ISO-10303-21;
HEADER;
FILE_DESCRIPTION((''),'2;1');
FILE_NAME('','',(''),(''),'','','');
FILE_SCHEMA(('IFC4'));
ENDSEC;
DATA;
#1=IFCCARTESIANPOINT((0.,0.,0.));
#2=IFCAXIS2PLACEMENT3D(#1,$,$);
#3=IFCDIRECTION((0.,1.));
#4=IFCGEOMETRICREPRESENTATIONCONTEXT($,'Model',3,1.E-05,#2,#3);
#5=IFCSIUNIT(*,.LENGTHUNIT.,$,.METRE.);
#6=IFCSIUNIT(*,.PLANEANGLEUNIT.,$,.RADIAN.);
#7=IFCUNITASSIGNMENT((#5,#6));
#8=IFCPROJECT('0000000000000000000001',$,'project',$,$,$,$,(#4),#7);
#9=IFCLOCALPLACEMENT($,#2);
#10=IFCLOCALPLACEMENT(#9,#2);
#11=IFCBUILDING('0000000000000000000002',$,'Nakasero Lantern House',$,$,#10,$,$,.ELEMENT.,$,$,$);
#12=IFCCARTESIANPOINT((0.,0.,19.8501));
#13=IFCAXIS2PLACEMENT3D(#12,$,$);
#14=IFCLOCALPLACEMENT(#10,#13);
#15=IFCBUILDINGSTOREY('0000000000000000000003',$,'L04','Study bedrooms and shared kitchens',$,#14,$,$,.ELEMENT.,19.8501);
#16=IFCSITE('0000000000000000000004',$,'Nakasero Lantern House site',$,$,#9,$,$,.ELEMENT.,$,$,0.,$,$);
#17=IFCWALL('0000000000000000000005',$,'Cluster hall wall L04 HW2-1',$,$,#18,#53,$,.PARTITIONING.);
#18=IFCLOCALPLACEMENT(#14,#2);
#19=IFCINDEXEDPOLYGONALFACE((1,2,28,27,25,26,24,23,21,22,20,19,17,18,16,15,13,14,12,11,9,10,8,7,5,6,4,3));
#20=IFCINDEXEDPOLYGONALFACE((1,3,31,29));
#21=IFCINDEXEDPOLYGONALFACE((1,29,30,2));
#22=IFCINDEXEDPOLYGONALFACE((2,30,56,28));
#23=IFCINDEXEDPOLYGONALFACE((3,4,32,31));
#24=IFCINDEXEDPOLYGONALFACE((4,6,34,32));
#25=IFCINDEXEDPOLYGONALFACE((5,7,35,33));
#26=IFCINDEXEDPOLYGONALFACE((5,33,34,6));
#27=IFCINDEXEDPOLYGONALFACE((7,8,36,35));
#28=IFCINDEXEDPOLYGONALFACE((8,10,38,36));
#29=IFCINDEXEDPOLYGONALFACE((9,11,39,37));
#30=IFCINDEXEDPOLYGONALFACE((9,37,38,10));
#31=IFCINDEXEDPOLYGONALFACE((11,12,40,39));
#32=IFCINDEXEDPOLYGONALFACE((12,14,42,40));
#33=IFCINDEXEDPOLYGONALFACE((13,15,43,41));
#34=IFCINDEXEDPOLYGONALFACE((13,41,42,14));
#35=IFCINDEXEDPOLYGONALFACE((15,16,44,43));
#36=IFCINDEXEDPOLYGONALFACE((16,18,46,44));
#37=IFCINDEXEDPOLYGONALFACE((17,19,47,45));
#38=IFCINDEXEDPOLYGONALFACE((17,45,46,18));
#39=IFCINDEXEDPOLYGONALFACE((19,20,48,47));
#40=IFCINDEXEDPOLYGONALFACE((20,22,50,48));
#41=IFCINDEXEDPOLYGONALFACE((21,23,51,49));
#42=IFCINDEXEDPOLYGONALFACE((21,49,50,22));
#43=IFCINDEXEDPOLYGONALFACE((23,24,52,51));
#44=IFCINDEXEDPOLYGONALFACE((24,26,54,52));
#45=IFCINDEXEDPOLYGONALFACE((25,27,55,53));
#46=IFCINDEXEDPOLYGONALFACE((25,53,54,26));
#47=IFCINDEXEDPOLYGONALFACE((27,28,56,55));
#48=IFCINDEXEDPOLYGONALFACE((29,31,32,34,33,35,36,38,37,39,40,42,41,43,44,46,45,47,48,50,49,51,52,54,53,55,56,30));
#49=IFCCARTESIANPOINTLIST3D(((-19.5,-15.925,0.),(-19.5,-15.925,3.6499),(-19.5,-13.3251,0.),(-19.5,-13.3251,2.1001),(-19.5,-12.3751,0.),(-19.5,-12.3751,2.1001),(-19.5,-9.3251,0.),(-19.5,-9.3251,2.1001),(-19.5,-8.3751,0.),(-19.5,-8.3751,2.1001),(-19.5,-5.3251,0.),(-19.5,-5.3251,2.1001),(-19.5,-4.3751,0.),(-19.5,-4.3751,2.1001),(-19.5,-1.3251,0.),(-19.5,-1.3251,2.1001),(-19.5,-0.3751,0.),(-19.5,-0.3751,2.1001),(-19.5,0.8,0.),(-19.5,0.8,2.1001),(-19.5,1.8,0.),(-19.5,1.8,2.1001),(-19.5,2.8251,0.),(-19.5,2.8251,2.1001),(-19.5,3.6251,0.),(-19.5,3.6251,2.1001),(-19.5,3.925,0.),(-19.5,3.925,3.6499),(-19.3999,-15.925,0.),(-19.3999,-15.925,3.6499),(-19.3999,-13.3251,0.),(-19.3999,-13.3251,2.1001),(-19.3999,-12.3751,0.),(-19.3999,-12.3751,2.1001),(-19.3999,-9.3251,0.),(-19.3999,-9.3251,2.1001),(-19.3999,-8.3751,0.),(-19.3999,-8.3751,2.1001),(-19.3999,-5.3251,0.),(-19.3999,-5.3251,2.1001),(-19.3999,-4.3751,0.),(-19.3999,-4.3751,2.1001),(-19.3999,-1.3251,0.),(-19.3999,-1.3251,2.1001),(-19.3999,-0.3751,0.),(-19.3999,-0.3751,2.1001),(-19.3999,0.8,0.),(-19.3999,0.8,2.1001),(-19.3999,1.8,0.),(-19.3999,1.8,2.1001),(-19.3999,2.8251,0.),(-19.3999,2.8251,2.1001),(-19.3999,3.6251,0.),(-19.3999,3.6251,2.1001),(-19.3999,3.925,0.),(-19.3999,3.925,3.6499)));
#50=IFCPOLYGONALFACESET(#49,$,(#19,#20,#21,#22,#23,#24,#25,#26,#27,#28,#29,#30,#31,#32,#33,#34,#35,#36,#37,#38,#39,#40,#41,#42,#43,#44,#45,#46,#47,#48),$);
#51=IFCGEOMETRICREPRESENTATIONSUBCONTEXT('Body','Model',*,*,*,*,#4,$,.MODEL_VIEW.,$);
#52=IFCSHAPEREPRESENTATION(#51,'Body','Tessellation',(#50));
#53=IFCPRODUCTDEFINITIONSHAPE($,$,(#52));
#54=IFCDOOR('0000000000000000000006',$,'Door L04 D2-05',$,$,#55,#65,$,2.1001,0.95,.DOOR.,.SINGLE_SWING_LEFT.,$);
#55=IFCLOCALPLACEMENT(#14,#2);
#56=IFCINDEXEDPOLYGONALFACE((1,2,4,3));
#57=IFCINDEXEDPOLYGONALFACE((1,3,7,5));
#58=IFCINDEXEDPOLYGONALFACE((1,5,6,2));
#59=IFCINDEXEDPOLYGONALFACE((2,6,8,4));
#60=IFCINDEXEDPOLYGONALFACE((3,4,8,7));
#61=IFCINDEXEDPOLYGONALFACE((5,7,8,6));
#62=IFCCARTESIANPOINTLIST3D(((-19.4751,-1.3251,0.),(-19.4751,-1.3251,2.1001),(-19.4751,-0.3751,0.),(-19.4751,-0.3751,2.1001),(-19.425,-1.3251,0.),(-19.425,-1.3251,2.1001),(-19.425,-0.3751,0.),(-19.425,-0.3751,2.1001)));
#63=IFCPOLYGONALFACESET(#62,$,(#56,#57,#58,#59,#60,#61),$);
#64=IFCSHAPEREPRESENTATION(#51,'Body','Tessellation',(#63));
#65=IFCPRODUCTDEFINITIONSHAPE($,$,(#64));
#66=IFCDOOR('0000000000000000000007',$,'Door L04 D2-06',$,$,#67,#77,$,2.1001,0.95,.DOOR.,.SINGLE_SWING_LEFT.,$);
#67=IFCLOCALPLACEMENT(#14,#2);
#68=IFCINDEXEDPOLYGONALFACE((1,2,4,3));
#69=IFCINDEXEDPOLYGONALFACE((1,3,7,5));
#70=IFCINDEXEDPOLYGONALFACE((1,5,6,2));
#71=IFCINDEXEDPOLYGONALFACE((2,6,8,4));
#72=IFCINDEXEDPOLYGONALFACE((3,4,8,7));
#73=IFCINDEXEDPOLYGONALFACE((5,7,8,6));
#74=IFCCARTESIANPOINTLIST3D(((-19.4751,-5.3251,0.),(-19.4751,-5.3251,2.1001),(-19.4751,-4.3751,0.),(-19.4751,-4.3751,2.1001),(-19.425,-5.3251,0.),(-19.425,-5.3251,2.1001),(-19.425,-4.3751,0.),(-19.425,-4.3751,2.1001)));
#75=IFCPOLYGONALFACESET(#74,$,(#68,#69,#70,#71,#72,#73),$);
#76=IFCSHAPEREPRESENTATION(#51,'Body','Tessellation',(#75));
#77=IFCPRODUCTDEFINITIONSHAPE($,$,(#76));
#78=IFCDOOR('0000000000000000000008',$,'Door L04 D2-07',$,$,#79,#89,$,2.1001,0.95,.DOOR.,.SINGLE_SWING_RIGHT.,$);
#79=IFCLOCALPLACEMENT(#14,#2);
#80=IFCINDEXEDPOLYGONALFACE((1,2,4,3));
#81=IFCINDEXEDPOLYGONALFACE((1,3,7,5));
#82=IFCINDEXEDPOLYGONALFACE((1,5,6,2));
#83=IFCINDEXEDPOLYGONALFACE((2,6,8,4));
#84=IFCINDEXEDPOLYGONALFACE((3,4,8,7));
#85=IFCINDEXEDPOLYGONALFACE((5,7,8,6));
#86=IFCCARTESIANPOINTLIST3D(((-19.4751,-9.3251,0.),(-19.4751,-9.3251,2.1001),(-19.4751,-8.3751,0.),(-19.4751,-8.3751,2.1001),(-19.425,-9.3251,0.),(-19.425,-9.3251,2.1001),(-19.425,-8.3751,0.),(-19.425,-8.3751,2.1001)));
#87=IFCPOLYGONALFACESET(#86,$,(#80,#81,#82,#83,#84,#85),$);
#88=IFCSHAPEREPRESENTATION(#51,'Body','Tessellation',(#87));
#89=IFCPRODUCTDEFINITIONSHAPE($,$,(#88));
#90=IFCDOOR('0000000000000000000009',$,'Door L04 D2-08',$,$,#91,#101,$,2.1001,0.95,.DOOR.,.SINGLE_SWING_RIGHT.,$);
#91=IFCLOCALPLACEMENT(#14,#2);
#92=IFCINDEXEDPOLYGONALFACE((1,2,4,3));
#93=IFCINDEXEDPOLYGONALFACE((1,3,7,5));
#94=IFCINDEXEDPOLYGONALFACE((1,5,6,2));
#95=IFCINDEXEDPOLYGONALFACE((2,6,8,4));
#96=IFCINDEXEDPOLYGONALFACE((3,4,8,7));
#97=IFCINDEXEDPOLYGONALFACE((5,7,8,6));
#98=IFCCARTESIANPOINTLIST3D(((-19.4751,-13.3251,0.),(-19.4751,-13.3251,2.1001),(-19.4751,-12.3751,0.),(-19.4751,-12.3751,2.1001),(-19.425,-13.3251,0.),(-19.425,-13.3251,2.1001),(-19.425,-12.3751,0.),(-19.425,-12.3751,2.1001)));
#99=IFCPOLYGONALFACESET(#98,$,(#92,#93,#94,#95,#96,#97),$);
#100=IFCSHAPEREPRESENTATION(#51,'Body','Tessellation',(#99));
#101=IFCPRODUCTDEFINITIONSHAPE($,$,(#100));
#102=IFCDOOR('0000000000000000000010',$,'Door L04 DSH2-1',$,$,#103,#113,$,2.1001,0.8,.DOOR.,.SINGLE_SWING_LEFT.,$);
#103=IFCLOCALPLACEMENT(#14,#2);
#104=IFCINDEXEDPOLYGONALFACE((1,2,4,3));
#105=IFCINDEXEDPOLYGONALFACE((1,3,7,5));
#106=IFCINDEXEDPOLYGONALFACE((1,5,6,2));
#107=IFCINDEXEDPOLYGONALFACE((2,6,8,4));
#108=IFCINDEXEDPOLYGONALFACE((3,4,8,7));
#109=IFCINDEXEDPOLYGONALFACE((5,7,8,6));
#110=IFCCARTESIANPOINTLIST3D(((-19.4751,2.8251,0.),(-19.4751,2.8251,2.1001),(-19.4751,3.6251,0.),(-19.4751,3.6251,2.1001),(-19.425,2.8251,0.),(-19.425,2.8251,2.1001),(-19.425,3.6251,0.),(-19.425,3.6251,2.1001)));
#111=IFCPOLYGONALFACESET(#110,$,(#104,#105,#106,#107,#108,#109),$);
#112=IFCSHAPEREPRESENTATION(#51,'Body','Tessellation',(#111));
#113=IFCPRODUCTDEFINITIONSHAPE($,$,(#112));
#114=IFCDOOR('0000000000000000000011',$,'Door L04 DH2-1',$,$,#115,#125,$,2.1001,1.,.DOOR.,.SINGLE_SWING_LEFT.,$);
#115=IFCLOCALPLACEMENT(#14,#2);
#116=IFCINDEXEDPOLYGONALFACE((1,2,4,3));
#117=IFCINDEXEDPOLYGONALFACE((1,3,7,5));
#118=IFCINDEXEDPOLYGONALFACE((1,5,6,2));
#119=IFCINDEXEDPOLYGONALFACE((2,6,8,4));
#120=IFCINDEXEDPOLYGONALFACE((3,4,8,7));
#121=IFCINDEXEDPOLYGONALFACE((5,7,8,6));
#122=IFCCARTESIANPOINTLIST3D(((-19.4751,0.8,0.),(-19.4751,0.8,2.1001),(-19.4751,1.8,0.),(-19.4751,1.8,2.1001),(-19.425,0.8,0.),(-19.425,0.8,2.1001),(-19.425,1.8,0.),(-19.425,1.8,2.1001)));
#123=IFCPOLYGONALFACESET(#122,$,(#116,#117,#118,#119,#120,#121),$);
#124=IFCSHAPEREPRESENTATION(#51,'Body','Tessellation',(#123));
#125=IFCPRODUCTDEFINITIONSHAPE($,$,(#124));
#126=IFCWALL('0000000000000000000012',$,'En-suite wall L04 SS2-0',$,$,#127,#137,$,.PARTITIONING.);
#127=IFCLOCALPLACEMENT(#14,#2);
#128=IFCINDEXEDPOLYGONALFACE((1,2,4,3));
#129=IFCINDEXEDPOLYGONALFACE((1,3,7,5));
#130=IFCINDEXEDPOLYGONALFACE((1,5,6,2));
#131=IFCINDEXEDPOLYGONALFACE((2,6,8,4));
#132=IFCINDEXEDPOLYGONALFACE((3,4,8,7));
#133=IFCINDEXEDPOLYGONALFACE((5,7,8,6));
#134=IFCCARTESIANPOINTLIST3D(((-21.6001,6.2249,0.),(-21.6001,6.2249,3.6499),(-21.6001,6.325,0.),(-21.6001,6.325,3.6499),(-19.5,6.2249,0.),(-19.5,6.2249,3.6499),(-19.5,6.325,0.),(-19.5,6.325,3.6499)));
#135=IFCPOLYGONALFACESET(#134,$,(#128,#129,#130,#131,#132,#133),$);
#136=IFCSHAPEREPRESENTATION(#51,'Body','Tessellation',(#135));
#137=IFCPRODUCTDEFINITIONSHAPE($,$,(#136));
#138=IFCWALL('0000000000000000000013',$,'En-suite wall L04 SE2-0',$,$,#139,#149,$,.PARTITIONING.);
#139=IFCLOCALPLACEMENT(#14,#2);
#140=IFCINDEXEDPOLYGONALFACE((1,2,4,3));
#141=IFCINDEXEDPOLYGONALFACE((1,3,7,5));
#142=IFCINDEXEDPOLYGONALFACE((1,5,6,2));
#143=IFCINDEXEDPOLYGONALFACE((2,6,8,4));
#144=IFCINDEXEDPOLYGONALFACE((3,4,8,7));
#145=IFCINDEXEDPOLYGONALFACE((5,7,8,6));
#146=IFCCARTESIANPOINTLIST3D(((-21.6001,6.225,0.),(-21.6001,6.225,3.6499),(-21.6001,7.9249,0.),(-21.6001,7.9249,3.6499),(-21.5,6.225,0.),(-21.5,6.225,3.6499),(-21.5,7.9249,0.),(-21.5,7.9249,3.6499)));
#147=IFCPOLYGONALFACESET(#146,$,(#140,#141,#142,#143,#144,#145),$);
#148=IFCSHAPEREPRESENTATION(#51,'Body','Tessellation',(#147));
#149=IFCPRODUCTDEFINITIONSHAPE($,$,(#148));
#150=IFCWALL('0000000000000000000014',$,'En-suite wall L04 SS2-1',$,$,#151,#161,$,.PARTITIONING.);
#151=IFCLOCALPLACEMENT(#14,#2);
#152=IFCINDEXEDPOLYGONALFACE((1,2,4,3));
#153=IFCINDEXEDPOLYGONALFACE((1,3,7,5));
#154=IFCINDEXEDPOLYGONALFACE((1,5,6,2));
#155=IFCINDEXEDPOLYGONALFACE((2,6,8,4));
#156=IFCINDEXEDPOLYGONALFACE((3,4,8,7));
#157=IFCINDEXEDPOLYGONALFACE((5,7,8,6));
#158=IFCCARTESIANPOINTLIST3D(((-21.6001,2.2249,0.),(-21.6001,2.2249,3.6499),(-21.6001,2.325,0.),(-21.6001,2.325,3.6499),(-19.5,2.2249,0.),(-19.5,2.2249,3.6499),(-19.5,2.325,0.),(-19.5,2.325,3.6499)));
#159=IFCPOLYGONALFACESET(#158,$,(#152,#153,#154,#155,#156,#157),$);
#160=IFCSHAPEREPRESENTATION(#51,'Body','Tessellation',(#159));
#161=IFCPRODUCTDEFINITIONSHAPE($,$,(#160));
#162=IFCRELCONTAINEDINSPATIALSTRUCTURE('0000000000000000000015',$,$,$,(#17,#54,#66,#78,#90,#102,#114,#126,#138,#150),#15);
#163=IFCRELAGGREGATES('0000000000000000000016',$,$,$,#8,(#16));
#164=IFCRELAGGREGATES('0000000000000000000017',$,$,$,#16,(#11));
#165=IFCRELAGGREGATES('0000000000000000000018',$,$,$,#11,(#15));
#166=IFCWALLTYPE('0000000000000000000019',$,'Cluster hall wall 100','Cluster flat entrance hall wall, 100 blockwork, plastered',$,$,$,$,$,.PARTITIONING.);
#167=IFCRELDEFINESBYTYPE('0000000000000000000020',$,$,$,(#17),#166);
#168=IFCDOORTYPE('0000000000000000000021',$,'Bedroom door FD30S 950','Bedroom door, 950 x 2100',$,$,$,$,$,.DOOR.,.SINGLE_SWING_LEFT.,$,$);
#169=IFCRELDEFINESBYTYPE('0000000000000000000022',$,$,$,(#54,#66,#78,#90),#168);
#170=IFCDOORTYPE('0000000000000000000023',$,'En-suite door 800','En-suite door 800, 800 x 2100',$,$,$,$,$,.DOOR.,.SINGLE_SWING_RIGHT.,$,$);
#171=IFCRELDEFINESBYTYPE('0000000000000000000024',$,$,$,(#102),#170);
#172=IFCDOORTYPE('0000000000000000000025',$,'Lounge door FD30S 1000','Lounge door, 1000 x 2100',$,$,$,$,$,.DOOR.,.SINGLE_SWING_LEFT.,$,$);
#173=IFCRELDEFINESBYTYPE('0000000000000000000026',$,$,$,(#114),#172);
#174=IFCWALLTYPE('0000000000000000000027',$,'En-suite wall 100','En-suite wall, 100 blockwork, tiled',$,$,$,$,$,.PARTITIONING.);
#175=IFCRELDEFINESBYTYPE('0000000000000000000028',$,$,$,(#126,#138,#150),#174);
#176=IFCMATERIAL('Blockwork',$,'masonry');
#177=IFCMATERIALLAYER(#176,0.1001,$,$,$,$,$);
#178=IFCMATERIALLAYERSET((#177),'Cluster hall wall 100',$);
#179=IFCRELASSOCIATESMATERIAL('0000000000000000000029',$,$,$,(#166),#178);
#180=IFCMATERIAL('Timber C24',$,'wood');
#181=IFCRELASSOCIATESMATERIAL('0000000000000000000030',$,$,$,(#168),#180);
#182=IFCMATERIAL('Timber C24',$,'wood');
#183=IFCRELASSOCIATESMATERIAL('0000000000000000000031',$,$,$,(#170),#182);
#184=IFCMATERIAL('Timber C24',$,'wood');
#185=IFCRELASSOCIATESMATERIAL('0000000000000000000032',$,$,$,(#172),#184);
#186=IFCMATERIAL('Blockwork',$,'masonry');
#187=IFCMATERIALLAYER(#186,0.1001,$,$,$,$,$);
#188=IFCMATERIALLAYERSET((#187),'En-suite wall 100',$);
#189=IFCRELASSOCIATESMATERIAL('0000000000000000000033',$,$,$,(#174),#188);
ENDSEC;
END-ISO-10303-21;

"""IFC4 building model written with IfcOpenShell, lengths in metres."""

from ifc_helpers import new_model, si_unit, direction, frame, frame_2d, origin, place, context, subcontext, project, spatial, rectangle, extrude, material, layer, layer_set, type_object, element, fill, save


model = new_model("IFC4")

# Units and contexts
model_context = context("Model", 3, precision=1e-05, world=origin(), true_north=direction((0.0, 1.0)))
body_context = subcontext(model_context, "Body", "Model", "MODEL_VIEW")
ifc_project = project(units=[si_unit("LENGTHUNIT", "METRE"), si_unit("PLANEANGLEUNIT", "RADIAN")], contexts=[model_context])

# Site, building, storey
site_placement = place(None, origin())
site = spatial("IfcSite", under=ifc_project, at=site_placement, Name="Nakasero Lantern House site", CompositionType="ELEMENT", RefElevation=0.0)
building_placement = place(site_placement, origin())
building = spatial("IfcBuilding", under=site, at=building_placement, Name="Nakasero Lantern House", CompositionType="ELEMENT")
storey_placement = place(building_placement, frame((0.0, 0.0, 19.8501)))
storey = spatial("IfcBuildingStorey", under=building, at=storey_placement, Name="L04", Description="Study bedrooms and shared kitchens", CompositionType="ELEMENT", Elevation=19.8501)

# Wall, openings, doors
ifc_material_1 = material(Name="Blockwork", Category="masonry")
ifc_layer_1 = layer(ifc_material_1, 0.1001)
ifc_layer_set_1 = layer_set([ifc_layer_1], Name="Cluster hall wall 100")
wall_type_1 = type_object("IfcWallType", Name="Cluster hall wall 100", Description="Cluster flat entrance hall wall, 100 blockwork, plastered", PredefinedType="PARTITIONING", material=ifc_layer_set_1)
wall_1_placement = place(storey_placement, frame((-19.45, 3.925, 0.0), z_axis=(0.0, 0.0, 1.0), x_axis=(0.0, -1.0, 0.0)))
wall_1 = element("IfcWall", 1, at=wall_1_placement, inside=storey, type_object=wall_type_1, Name="Cluster hall wall L04 HW2-1", PredefinedType="PARTITIONING", context=body_context, shape_type="SweptSolid", body=[
    extrude(rectangle(XDim=19.8501, YDim=0.1001, at=frame_2d((9.925, 0.0))), origin(), (0.0, 0.0, 1.0), 3.6499),
])
opening_1_placement = place(wall_1_placement, frame((2.125, 0.0, 0.0)))
opening_1 = element("IfcOpeningElement", 2, at=opening_1_placement, cuts=wall_1, PredefinedType="OPENING", context=body_context, shape_type="SweptSolid", body=[
    extrude(rectangle(XDim=1.0, YDim=2.1001, at=frame_2d((0.5, 1.05))), frame((0.0, 0.0701, 0.0), z_axis=(0.0, -1.0, 0.0), x_axis=(1.0, 0.0, 0.0)), (0.0, 0.0, 1.0), 0.1401),
])
opening_2_placement = place(wall_1_placement, frame((0.3, 0.0, 0.0)))
opening_2 = element("IfcOpeningElement", 3, at=opening_2_placement, cuts=wall_1, PredefinedType="OPENING", context=body_context, shape_type="SweptSolid", body=[
    extrude(rectangle(XDim=0.8, YDim=2.1001, at=frame_2d((0.3999, 1.05))), frame((0.0, 0.0701, 0.0), z_axis=(0.0, -1.0, 0.0), x_axis=(1.0, 0.0, 0.0)), (0.0, 0.0, 1.0), 0.1401),
])
opening_3_placement = place(wall_1_placement, frame((4.3, 0.0, 0.0)))
opening_3 = element("IfcOpeningElement", 4, at=opening_3_placement, cuts=wall_1, PredefinedType="OPENING", context=body_context, shape_type="SweptSolid", body=[
    extrude(rectangle(XDim=0.95, YDim=2.1001, at=frame_2d((0.4751, 1.05))), frame((0.0, 0.0701, 0.0), z_axis=(0.0, -1.0, 0.0), x_axis=(1.0, 0.0, 0.0)), (0.0, 0.0, 1.0), 0.1401),
])
opening_4_placement = place(wall_1_placement, frame((8.3, 0.0, 0.0)))
opening_4 = element("IfcOpeningElement", 5, at=opening_4_placement, cuts=wall_1, PredefinedType="OPENING", context=body_context, shape_type="SweptSolid", body=[
    extrude(rectangle(XDim=0.95, YDim=2.1001, at=frame_2d((0.4751, 1.05))), frame((0.0, 0.0701, 0.0), z_axis=(0.0, -1.0, 0.0), x_axis=(1.0, 0.0, 0.0)), (0.0, 0.0, 1.0), 0.1401),
])
opening_5_placement = place(wall_1_placement, frame((12.3, 0.0, 0.0)))
opening_5 = element("IfcOpeningElement", 6, at=opening_5_placement, cuts=wall_1, PredefinedType="OPENING", context=body_context, shape_type="SweptSolid", body=[
    extrude(rectangle(XDim=0.95, YDim=2.1001, at=frame_2d((0.4751, 1.05))), frame((0.0, 0.0701, 0.0), z_axis=(0.0, -1.0, 0.0), x_axis=(1.0, 0.0, 0.0)), (0.0, 0.0, 1.0), 0.1401),
])
opening_6_placement = place(wall_1_placement, frame((16.3, 0.0, 0.0)))
opening_6 = element("IfcOpeningElement", 7, at=opening_6_placement, cuts=wall_1, PredefinedType="OPENING", context=body_context, shape_type="SweptSolid", body=[
    extrude(rectangle(XDim=0.95, YDim=2.1001, at=frame_2d((0.4751, 1.05))), frame((0.0, 0.0701, 0.0), z_axis=(0.0, -1.0, 0.0), x_axis=(1.0, 0.0, 0.0)), (0.0, 0.0, 1.0), 0.1401),
])
ifc_material_2 = material(Name="Timber C24", Category="wood")
door_type_1 = type_object("IfcDoorType", Name="Bedroom door FD30S 950", Description="Bedroom door, 950 x 2100", OperationType="SINGLE_SWING_LEFT", PredefinedType="DOOR", material=ifc_material_2)
door_1_placement = place(opening_3_placement, origin())
door_1 = element("IfcDoor", 8, at=door_1_placement, inside=storey, type_object=door_type_1, Name="Door L04 D2-05", OperationType="SINGLE_SWING_LEFT", OverallHeight=2.1001, OverallWidth=0.95, PredefinedType="DOOR", context=body_context, shape_type="SweptSolid", body=[
    extrude(rectangle(XDim=0.95, YDim=2.1001, at=frame_2d((0.4751, 1.05))), frame((0.0, 0.0249, 0.0), z_axis=(0.0, -1.0, 0.0), x_axis=(1.0, 0.0, 0.0)), (0.0, 0.0, 1.0), 0.05),
])
fill(opening_3, door_1)
door_2_placement = place(opening_4_placement, origin())
door_2 = element("IfcDoor", 9, at=door_2_placement, inside=storey, type_object=door_type_1, Name="Door L04 D2-06", OperationType="SINGLE_SWING_LEFT", OverallHeight=2.1001, OverallWidth=0.95, PredefinedType="DOOR", context=body_context, shape_type="SweptSolid", body=[
    extrude(rectangle(XDim=0.95, YDim=2.1001, at=frame_2d((0.4751, 1.05))), frame((0.0, 0.0249, 0.0), z_axis=(0.0, -1.0, 0.0), x_axis=(1.0, 0.0, 0.0)), (0.0, 0.0, 1.0), 0.05),
])
fill(opening_4, door_2)
door_3_placement = place(opening_5_placement, origin())
door_3 = element("IfcDoor", 10, at=door_3_placement, inside=storey, type_object=door_type_1, Name="Door L04 D2-07", OperationType="SINGLE_SWING_RIGHT", OverallHeight=2.1001, OverallWidth=0.95, PredefinedType="DOOR", context=body_context, shape_type="SweptSolid", body=[
    extrude(rectangle(XDim=0.95, YDim=2.1001, at=frame_2d((0.4751, 1.05))), frame((0.0, 0.0249, 0.0), z_axis=(0.0, -1.0, 0.0), x_axis=(1.0, 0.0, 0.0)), (0.0, 0.0, 1.0), 0.05),
])
fill(opening_5, door_3)
door_4_placement = place(opening_6_placement, origin())
door_4 = element("IfcDoor", 11, at=door_4_placement, inside=storey, type_object=door_type_1, Name="Door L04 D2-08", OperationType="SINGLE_SWING_RIGHT", OverallHeight=2.1001, OverallWidth=0.95, PredefinedType="DOOR", context=body_context, shape_type="SweptSolid", body=[
    extrude(rectangle(XDim=0.95, YDim=2.1001, at=frame_2d((0.4751, 1.05))), frame((0.0, 0.0249, 0.0), z_axis=(0.0, -1.0, 0.0), x_axis=(1.0, 0.0, 0.0)), (0.0, 0.0, 1.0), 0.05),
])
fill(opening_6, door_4)
ifc_material_3 = material(Name="Timber C24", Category="wood")
door_type_2 = type_object("IfcDoorType", Name="En-suite door 800", Description="En-suite door 800, 800 x 2100", OperationType="SINGLE_SWING_RIGHT", PredefinedType="DOOR", material=ifc_material_3)
door_5_placement = place(opening_2_placement, origin())
door_5 = element("IfcDoor", 12, at=door_5_placement, inside=storey, type_object=door_type_2, Name="Door L04 DSH2-1", OperationType="SINGLE_SWING_LEFT", OverallHeight=2.1001, OverallWidth=0.8, PredefinedType="DOOR", context=body_context, shape_type="SweptSolid", body=[
    extrude(rectangle(XDim=0.8, YDim=2.1001, at=frame_2d((0.3999, 1.05))), frame((0.0, 0.0249, 0.0), z_axis=(0.0, -1.0, 0.0), x_axis=(1.0, 0.0, 0.0)), (0.0, 0.0, 1.0), 0.05),
])
fill(opening_2, door_5)
ifc_material_4 = material(Name="Timber C24", Category="wood")
door_type_3 = type_object("IfcDoorType", Name="Lounge door FD30S 1000", Description="Lounge door, 1000 x 2100", OperationType="SINGLE_SWING_LEFT", PredefinedType="DOOR", material=ifc_material_4)
door_6_placement = place(opening_1_placement, origin())
door_6 = element("IfcDoor", 13, at=door_6_placement, inside=storey, type_object=door_type_3, Name="Door L04 DH2-1", OperationType="SINGLE_SWING_LEFT", OverallHeight=2.1001, OverallWidth=1.0, PredefinedType="DOOR", context=body_context, shape_type="SweptSolid", body=[
    extrude(rectangle(XDim=1.0, YDim=2.1001, at=frame_2d((0.5, 1.05))), frame((0.0, 0.0249, 0.0), z_axis=(0.0, -1.0, 0.0), x_axis=(1.0, 0.0, 0.0)), (0.0, 0.0, 1.0), 0.05),
])
fill(opening_1, door_6)

# Walls
ifc_material_5 = material(Name="Blockwork", Category="masonry")
ifc_layer_2 = layer(ifc_material_5, 0.1001)
ifc_layer_set_2 = layer_set([ifc_layer_2], Name="En-suite wall 100")
wall_type_2 = type_object("IfcWallType", Name="En-suite wall 100", Description="En-suite wall, 100 blockwork, tiled", PredefinedType="PARTITIONING", material=ifc_layer_set_2)
wall_2_placement = place(storey_placement, frame((-19.5, 6.2749, 0.0), z_axis=(0.0, 0.0, 1.0), x_axis=(-1.0, 0.0, 0.0)))
element("IfcWall", 14, at=wall_2_placement, inside=storey, type_object=wall_type_2, Name="En-suite wall L04 SS2-0", PredefinedType="PARTITIONING", context=body_context, shape_type="SweptSolid", body=[
    extrude(rectangle(XDim=2.1001, YDim=0.1001, at=frame_2d((1.05, 0.0))), origin(), (0.0, 0.0, 1.0), 3.6499),
])
wall_3_placement = place(storey_placement, frame((-21.55, 7.925, 0.0), z_axis=(0.0, 0.0, 1.0), x_axis=(0.0, -1.0, 0.0)))
element("IfcWall", 15, at=wall_3_placement, inside=storey, type_object=wall_type_2, Name="En-suite wall L04 SE2-0", PredefinedType="PARTITIONING", context=body_context, shape_type="SweptSolid", body=[
    extrude(rectangle(XDim=1.7, YDim=0.1001, at=frame_2d((0.8501, 0.0))), origin(), (0.0, 0.0, 1.0), 3.6499),
])
wall_4_placement = place(storey_placement, frame((-19.5, 2.2749, 0.0), z_axis=(0.0, 0.0, 1.0), x_axis=(-1.0, 0.0, 0.0)))
element("IfcWall", 16, at=wall_4_placement, inside=storey, type_object=wall_type_2, Name="En-suite wall L04 SS2-1", PredefinedType="PARTITIONING", context=body_context, shape_type="SweptSolid", body=[
    extrude(rectangle(XDim=2.1001, YDim=0.1001, at=frame_2d((1.05, 0.0))), origin(), (0.0, 0.0, 1.0), 3.6499),
])

save(model, "model.ifc")
